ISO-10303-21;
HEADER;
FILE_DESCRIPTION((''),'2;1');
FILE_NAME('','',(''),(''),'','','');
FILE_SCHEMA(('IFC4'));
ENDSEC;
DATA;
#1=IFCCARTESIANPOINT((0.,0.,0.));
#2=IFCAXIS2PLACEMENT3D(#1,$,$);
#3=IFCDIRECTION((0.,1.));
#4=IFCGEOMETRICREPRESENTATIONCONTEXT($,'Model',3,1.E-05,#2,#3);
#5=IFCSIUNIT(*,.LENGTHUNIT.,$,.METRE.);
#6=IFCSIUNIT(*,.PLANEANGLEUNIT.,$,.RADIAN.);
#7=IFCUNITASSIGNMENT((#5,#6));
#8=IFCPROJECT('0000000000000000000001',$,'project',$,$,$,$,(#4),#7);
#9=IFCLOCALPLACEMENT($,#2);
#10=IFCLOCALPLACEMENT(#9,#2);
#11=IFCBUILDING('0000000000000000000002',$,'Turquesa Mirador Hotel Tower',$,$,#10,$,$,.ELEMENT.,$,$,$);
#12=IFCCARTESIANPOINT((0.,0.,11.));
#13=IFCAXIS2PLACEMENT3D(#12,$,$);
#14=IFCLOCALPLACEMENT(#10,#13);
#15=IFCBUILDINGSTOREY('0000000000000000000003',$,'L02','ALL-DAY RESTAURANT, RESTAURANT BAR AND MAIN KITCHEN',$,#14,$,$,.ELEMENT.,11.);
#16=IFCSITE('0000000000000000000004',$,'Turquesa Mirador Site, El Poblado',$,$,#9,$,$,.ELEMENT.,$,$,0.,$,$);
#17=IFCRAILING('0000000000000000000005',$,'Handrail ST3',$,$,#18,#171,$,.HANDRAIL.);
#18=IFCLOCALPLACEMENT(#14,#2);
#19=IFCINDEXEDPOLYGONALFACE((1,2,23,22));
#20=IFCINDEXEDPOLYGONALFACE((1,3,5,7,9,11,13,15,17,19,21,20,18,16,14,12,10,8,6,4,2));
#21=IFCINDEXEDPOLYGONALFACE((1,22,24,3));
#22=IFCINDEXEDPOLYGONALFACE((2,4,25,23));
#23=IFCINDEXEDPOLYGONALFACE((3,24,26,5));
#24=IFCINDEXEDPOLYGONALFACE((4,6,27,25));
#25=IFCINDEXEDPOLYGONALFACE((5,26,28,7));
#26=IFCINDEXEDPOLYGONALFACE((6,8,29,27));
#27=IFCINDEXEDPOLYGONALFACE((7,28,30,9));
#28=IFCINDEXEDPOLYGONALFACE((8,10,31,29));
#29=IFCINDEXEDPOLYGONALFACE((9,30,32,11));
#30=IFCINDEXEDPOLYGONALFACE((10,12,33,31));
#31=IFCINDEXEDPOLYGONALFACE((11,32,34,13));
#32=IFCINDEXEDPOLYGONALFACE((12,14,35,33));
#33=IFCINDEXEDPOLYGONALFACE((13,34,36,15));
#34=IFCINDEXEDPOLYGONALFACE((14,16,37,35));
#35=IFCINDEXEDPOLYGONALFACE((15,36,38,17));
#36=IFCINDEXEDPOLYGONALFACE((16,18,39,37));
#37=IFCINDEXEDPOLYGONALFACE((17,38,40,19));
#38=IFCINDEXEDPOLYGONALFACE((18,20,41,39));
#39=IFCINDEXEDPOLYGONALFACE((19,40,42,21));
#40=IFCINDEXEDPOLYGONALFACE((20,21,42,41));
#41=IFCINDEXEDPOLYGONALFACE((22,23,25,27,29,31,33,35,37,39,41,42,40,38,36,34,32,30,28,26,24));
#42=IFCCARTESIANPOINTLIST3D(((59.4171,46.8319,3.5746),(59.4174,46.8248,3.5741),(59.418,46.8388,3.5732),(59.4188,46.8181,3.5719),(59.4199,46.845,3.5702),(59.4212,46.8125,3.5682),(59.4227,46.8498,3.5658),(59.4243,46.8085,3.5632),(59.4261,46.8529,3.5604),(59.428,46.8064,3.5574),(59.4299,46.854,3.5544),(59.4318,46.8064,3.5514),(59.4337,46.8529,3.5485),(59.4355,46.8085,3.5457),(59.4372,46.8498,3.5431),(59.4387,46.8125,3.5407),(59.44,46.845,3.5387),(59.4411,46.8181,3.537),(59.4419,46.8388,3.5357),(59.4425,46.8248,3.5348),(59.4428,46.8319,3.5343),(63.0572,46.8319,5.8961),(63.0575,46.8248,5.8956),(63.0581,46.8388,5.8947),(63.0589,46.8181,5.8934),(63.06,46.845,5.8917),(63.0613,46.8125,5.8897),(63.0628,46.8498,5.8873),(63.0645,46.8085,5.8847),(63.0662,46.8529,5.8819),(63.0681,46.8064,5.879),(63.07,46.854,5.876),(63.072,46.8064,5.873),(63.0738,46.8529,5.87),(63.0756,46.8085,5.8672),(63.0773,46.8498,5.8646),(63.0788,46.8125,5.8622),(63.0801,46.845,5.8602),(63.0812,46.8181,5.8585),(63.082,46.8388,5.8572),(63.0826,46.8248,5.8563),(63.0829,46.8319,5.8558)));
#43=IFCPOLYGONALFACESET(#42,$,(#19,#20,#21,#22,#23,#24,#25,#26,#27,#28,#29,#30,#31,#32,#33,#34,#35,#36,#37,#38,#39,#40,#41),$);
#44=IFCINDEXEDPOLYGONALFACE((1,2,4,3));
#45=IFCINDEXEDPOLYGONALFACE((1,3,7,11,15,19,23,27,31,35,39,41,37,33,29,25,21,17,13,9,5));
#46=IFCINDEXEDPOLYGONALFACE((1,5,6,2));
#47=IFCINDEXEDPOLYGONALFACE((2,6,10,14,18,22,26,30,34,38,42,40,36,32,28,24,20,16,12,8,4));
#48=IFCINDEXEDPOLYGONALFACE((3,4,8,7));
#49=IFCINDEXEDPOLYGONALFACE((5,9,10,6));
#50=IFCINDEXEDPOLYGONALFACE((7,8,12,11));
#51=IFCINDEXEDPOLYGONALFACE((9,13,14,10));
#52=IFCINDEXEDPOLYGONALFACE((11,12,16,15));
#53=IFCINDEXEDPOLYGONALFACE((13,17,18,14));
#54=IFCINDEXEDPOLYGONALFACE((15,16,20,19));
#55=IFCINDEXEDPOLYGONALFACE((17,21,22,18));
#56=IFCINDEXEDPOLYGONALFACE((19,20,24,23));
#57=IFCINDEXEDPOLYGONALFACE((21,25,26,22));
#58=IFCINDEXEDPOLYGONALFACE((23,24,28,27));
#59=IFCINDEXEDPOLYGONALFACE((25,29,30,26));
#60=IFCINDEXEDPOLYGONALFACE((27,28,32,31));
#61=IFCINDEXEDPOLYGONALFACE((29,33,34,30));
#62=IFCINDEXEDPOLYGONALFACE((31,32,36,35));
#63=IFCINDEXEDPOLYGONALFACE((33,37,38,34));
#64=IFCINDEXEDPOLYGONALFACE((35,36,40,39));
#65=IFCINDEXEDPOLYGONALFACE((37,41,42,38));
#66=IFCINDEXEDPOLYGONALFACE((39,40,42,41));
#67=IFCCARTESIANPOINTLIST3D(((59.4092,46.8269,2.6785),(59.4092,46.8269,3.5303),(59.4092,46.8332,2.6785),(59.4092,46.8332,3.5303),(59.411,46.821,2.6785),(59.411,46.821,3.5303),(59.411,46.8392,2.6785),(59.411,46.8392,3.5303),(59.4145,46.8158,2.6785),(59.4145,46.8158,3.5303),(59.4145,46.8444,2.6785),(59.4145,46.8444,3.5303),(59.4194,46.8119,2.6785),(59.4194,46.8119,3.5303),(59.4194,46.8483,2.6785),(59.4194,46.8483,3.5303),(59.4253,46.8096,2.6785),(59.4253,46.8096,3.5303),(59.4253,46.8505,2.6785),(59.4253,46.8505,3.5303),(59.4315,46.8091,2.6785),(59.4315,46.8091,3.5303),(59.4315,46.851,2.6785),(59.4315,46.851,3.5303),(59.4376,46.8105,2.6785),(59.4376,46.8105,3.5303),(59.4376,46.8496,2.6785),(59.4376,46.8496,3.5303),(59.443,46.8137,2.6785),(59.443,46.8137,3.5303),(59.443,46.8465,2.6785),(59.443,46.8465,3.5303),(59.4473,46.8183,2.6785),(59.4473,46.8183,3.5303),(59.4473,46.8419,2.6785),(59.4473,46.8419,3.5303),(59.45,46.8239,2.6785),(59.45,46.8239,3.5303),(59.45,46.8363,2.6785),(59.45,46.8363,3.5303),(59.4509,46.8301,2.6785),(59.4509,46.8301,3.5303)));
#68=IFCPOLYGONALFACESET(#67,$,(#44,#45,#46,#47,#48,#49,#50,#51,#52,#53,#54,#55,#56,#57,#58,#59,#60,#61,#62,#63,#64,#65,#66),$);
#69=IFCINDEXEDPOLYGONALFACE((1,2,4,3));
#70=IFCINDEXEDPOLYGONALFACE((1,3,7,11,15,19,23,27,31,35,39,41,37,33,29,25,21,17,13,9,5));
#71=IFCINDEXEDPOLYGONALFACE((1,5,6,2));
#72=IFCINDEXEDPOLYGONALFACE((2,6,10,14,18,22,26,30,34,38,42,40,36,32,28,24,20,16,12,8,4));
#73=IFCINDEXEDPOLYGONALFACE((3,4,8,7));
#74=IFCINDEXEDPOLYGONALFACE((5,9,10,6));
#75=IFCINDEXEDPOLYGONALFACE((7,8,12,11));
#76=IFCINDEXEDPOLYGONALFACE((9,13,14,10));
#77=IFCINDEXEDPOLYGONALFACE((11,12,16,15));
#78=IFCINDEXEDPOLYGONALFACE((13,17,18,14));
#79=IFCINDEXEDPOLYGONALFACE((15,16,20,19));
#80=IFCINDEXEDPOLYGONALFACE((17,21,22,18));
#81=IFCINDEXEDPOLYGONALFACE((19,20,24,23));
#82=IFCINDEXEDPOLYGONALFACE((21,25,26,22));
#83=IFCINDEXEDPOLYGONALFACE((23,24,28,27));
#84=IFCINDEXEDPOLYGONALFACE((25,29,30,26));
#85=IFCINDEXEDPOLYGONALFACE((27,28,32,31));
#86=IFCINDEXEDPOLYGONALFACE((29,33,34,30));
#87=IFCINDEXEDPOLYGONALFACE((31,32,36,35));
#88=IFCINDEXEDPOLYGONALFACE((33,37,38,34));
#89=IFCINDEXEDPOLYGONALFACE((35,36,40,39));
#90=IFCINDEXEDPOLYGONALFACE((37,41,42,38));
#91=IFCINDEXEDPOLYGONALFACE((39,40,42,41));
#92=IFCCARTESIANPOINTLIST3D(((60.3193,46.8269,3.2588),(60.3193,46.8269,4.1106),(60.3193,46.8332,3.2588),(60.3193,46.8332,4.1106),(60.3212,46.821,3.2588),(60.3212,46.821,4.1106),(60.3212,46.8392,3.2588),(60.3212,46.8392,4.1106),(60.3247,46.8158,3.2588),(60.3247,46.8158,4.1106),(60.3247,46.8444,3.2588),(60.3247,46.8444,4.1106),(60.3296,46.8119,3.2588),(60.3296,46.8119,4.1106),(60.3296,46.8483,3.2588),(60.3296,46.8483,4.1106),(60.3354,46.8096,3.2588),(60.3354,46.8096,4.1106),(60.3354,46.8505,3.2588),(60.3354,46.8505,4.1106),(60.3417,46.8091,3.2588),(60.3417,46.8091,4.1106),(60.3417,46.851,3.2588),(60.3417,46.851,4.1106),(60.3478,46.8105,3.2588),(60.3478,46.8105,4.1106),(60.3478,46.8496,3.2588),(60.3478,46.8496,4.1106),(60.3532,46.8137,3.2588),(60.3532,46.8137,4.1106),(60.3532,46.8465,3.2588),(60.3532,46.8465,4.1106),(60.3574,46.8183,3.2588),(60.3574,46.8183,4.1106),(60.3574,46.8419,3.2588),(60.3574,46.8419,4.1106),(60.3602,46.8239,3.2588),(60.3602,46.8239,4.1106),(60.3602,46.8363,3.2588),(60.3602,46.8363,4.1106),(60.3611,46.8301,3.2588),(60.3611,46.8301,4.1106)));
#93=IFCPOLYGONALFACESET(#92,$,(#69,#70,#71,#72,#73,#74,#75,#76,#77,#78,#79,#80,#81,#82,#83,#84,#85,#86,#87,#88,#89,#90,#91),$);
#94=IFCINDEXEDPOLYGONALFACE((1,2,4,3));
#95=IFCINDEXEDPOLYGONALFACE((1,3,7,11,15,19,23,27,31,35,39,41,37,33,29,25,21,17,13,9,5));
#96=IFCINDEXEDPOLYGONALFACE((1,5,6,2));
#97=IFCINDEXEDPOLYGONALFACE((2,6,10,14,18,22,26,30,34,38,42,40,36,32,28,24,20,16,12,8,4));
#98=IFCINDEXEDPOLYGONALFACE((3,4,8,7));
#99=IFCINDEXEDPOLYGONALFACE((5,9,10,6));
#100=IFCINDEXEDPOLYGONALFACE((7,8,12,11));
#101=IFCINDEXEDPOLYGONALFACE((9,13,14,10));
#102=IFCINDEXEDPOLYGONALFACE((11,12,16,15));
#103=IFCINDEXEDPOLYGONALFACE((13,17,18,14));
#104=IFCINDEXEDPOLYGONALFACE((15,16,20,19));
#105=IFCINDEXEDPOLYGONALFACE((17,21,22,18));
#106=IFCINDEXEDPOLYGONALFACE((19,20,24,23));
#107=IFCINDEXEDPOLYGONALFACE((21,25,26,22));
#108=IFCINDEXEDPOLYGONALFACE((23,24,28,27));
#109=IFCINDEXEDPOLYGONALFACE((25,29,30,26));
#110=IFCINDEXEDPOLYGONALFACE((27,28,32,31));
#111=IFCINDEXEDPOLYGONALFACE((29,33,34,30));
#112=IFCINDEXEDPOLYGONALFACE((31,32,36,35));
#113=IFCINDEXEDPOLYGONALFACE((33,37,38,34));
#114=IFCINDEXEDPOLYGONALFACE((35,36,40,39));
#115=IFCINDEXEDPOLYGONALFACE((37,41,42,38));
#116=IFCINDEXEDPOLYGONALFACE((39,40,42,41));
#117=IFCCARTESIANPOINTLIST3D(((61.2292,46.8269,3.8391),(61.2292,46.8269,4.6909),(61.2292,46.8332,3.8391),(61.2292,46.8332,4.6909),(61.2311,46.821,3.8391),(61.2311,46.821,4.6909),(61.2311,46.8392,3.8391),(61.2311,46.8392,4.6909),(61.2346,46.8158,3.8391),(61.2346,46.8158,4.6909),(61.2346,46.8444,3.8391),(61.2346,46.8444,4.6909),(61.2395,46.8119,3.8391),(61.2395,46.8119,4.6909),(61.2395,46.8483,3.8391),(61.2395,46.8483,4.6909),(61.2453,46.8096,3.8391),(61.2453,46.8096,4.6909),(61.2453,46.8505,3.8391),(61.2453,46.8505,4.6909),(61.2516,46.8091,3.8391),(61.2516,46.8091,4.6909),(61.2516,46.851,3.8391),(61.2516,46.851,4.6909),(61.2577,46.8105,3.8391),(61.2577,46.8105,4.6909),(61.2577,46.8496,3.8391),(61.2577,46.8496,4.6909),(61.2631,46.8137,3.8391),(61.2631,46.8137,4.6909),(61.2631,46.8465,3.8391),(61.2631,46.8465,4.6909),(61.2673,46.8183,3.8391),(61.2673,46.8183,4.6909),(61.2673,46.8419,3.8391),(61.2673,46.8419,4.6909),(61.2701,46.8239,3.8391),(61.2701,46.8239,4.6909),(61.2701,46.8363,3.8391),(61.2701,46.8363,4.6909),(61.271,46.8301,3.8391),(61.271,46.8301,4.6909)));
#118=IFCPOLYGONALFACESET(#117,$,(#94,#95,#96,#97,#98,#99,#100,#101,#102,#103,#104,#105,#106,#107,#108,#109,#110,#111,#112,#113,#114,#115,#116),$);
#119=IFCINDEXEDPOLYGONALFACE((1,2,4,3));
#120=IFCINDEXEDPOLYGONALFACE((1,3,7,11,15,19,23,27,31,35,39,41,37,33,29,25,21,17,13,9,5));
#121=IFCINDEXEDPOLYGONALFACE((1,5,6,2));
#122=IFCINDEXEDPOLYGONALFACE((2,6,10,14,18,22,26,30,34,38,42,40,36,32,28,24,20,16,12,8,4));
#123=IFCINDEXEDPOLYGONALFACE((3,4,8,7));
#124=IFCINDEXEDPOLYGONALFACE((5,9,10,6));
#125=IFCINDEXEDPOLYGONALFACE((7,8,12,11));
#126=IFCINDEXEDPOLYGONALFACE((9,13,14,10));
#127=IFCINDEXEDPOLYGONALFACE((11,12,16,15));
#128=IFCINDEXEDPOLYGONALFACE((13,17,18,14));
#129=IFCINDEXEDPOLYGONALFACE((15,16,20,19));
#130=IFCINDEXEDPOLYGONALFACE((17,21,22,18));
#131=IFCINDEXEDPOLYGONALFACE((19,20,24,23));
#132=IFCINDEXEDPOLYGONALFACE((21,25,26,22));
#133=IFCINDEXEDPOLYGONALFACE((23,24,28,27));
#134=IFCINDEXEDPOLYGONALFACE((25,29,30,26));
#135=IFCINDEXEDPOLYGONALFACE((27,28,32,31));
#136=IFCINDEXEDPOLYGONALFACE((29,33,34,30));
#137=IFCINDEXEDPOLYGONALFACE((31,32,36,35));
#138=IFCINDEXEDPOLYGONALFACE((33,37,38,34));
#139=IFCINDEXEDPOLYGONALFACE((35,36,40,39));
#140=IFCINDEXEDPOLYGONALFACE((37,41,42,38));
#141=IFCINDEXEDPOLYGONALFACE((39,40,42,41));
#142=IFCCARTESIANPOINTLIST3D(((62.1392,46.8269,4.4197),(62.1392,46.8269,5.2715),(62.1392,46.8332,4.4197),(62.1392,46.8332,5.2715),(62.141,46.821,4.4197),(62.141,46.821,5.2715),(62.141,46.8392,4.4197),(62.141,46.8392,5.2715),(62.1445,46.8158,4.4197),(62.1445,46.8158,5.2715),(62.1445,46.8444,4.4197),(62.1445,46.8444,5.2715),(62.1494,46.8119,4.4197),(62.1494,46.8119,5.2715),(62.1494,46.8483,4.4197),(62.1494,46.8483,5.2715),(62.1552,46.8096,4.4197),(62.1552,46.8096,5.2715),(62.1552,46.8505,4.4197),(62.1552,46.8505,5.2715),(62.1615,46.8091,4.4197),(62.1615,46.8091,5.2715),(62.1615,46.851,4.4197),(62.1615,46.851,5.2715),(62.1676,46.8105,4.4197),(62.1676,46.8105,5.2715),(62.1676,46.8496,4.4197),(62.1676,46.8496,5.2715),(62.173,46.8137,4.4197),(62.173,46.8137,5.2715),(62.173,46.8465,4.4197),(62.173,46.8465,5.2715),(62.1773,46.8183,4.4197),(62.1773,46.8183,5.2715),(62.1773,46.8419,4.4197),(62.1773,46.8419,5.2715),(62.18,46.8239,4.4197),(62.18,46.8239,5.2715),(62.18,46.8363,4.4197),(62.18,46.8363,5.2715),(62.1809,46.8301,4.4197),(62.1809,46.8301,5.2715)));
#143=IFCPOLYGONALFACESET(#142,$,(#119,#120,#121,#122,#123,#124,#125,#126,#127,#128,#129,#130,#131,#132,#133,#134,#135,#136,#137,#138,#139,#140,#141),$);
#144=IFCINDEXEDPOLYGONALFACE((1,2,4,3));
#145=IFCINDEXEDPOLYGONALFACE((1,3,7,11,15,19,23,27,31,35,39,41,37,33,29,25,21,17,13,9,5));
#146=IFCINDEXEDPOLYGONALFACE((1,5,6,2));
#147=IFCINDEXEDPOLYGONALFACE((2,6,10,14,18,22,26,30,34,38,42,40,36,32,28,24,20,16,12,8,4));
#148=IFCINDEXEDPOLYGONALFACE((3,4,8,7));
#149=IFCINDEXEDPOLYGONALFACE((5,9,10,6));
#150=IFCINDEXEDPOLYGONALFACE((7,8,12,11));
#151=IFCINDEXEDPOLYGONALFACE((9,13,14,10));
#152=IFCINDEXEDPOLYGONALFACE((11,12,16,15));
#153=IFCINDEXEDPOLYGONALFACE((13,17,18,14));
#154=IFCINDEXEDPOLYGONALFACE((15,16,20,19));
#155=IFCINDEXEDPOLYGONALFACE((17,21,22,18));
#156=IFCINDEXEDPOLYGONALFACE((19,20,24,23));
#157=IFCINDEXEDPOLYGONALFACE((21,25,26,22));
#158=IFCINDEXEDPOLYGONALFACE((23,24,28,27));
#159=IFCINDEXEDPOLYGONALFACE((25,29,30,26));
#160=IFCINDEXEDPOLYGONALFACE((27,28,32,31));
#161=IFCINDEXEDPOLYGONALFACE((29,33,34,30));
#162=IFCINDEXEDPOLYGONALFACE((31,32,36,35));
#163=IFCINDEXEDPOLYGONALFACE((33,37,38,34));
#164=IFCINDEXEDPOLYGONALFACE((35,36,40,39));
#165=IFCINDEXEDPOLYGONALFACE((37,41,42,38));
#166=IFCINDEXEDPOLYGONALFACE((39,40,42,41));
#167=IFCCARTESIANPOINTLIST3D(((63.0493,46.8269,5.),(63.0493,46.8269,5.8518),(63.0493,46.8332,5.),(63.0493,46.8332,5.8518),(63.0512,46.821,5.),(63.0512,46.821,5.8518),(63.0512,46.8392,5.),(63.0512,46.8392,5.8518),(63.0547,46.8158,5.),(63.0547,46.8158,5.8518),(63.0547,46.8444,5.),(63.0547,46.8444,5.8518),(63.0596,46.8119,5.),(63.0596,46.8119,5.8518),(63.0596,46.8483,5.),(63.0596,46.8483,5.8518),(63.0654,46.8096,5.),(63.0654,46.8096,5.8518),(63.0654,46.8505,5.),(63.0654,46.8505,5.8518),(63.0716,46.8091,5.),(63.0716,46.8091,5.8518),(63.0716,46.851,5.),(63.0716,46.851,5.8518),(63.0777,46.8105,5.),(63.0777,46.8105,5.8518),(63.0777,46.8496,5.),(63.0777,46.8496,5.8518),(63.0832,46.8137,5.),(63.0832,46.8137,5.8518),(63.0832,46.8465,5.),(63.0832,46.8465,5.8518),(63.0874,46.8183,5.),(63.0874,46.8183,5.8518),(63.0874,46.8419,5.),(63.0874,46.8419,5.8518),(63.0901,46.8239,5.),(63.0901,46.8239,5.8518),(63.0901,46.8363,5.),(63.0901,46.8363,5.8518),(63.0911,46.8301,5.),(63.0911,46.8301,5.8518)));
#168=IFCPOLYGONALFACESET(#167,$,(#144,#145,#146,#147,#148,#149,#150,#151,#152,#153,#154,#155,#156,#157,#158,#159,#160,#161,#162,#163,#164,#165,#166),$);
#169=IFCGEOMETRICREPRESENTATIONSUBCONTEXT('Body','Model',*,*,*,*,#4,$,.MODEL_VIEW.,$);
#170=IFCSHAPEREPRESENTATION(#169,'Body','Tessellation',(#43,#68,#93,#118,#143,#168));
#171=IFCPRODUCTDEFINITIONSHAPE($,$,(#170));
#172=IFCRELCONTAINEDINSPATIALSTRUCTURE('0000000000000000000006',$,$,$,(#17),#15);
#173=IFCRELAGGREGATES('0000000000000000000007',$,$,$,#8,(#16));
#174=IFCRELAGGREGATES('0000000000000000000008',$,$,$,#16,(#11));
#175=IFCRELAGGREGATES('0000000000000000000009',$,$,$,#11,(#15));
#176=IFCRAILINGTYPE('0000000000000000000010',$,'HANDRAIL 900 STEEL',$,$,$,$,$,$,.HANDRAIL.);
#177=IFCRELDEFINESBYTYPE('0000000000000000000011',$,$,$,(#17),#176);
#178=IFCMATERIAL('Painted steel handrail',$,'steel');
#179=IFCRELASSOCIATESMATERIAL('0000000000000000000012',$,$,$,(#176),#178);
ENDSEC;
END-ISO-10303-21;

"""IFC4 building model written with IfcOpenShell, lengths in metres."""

from ifc_helpers import new_model, si_unit, direction, frame, origin, origin_2d, place, context, subcontext, project, spatial, circle, extrude, material, type_object, element, save


model = new_model("IFC4")

# Units and contexts
model_context = context("Model", 3, precision=1e-05, world=origin(), true_north=direction((0.0, 1.0)))
body_context = subcontext(model_context, "Body", "Model", "MODEL_VIEW")
ifc_project = project(units=[si_unit("LENGTHUNIT", "METRE"), si_unit("PLANEANGLEUNIT", "RADIAN")], contexts=[model_context])

# Site, building, storey
site_placement = place(None, origin())
site = spatial("IfcSite", under=ifc_project, at=site_placement, Name="Turquesa Mirador Site, El Poblado", CompositionType="ELEMENT", RefElevation=0.0)
building_placement = place(site_placement, origin())
building = spatial("IfcBuilding", under=site, at=building_placement, Name="Turquesa Mirador Hotel Tower", CompositionType="ELEMENT")
storey_placement = place(building_placement, frame((0.0, 0.0, 11.0)))
storey = spatial("IfcBuildingStorey", under=building, at=storey_placement, Name="L02", Description="ALL-DAY RESTAURANT, RESTAURANT BAR AND MAIN KITCHEN", CompositionType="ELEMENT", Elevation=11.0)

# Railing
ifc_material_1 = material(Name="Painted steel handrail", Category="steel")
railing_type = type_object("IfcRailingType", Name="HANDRAIL 900 STEEL", PredefinedType="HANDRAIL", material=ifc_material_1)
railing_1_placement = place(storey_placement, frame((59.4299, 46.8301, 2.6785)))
element("IfcRailing", 1, at=railing_1_placement, inside=storey, type_object=railing_type, Name="Handrail ST3", PredefinedType="HANDRAIL", context=body_context, shape_type="SweptSolid", body=[
    extrude(circle(Radius=0.0239, at=origin_2d()), frame((0.0, 0.0, 0.876), z_axis=(0.843128, 0.0, 0.537713), x_axis=(0.0, 1.0, 0.0)), (0.0, 0.0, 1.0), 4.3174),
    extrude(circle(Radius=0.021, at=origin_2d()), origin(), (0.0, 0.0, 1.0), 0.8518),
    extrude(circle(Radius=0.021, at=origin_2d()), frame((0.9102, 0.0, 0.5803)), (0.0, 0.0, 1.0), 0.8518),
    extrude(circle(Radius=0.021, at=origin_2d()), frame((1.8201, 0.0, 1.1606)), (0.0, 0.0, 1.0), 0.8518),
    extrude(circle(Radius=0.021, at=origin_2d()), frame((2.73, 0.0, 1.7412)), (0.0, 0.0, 1.0), 0.8518),
    extrude(circle(Radius=0.021, at=origin_2d()), frame((3.6401, 0.0, 2.3215)), (0.0, 0.0, 1.0), 0.8518),
])

save(model, "model.ifc")
